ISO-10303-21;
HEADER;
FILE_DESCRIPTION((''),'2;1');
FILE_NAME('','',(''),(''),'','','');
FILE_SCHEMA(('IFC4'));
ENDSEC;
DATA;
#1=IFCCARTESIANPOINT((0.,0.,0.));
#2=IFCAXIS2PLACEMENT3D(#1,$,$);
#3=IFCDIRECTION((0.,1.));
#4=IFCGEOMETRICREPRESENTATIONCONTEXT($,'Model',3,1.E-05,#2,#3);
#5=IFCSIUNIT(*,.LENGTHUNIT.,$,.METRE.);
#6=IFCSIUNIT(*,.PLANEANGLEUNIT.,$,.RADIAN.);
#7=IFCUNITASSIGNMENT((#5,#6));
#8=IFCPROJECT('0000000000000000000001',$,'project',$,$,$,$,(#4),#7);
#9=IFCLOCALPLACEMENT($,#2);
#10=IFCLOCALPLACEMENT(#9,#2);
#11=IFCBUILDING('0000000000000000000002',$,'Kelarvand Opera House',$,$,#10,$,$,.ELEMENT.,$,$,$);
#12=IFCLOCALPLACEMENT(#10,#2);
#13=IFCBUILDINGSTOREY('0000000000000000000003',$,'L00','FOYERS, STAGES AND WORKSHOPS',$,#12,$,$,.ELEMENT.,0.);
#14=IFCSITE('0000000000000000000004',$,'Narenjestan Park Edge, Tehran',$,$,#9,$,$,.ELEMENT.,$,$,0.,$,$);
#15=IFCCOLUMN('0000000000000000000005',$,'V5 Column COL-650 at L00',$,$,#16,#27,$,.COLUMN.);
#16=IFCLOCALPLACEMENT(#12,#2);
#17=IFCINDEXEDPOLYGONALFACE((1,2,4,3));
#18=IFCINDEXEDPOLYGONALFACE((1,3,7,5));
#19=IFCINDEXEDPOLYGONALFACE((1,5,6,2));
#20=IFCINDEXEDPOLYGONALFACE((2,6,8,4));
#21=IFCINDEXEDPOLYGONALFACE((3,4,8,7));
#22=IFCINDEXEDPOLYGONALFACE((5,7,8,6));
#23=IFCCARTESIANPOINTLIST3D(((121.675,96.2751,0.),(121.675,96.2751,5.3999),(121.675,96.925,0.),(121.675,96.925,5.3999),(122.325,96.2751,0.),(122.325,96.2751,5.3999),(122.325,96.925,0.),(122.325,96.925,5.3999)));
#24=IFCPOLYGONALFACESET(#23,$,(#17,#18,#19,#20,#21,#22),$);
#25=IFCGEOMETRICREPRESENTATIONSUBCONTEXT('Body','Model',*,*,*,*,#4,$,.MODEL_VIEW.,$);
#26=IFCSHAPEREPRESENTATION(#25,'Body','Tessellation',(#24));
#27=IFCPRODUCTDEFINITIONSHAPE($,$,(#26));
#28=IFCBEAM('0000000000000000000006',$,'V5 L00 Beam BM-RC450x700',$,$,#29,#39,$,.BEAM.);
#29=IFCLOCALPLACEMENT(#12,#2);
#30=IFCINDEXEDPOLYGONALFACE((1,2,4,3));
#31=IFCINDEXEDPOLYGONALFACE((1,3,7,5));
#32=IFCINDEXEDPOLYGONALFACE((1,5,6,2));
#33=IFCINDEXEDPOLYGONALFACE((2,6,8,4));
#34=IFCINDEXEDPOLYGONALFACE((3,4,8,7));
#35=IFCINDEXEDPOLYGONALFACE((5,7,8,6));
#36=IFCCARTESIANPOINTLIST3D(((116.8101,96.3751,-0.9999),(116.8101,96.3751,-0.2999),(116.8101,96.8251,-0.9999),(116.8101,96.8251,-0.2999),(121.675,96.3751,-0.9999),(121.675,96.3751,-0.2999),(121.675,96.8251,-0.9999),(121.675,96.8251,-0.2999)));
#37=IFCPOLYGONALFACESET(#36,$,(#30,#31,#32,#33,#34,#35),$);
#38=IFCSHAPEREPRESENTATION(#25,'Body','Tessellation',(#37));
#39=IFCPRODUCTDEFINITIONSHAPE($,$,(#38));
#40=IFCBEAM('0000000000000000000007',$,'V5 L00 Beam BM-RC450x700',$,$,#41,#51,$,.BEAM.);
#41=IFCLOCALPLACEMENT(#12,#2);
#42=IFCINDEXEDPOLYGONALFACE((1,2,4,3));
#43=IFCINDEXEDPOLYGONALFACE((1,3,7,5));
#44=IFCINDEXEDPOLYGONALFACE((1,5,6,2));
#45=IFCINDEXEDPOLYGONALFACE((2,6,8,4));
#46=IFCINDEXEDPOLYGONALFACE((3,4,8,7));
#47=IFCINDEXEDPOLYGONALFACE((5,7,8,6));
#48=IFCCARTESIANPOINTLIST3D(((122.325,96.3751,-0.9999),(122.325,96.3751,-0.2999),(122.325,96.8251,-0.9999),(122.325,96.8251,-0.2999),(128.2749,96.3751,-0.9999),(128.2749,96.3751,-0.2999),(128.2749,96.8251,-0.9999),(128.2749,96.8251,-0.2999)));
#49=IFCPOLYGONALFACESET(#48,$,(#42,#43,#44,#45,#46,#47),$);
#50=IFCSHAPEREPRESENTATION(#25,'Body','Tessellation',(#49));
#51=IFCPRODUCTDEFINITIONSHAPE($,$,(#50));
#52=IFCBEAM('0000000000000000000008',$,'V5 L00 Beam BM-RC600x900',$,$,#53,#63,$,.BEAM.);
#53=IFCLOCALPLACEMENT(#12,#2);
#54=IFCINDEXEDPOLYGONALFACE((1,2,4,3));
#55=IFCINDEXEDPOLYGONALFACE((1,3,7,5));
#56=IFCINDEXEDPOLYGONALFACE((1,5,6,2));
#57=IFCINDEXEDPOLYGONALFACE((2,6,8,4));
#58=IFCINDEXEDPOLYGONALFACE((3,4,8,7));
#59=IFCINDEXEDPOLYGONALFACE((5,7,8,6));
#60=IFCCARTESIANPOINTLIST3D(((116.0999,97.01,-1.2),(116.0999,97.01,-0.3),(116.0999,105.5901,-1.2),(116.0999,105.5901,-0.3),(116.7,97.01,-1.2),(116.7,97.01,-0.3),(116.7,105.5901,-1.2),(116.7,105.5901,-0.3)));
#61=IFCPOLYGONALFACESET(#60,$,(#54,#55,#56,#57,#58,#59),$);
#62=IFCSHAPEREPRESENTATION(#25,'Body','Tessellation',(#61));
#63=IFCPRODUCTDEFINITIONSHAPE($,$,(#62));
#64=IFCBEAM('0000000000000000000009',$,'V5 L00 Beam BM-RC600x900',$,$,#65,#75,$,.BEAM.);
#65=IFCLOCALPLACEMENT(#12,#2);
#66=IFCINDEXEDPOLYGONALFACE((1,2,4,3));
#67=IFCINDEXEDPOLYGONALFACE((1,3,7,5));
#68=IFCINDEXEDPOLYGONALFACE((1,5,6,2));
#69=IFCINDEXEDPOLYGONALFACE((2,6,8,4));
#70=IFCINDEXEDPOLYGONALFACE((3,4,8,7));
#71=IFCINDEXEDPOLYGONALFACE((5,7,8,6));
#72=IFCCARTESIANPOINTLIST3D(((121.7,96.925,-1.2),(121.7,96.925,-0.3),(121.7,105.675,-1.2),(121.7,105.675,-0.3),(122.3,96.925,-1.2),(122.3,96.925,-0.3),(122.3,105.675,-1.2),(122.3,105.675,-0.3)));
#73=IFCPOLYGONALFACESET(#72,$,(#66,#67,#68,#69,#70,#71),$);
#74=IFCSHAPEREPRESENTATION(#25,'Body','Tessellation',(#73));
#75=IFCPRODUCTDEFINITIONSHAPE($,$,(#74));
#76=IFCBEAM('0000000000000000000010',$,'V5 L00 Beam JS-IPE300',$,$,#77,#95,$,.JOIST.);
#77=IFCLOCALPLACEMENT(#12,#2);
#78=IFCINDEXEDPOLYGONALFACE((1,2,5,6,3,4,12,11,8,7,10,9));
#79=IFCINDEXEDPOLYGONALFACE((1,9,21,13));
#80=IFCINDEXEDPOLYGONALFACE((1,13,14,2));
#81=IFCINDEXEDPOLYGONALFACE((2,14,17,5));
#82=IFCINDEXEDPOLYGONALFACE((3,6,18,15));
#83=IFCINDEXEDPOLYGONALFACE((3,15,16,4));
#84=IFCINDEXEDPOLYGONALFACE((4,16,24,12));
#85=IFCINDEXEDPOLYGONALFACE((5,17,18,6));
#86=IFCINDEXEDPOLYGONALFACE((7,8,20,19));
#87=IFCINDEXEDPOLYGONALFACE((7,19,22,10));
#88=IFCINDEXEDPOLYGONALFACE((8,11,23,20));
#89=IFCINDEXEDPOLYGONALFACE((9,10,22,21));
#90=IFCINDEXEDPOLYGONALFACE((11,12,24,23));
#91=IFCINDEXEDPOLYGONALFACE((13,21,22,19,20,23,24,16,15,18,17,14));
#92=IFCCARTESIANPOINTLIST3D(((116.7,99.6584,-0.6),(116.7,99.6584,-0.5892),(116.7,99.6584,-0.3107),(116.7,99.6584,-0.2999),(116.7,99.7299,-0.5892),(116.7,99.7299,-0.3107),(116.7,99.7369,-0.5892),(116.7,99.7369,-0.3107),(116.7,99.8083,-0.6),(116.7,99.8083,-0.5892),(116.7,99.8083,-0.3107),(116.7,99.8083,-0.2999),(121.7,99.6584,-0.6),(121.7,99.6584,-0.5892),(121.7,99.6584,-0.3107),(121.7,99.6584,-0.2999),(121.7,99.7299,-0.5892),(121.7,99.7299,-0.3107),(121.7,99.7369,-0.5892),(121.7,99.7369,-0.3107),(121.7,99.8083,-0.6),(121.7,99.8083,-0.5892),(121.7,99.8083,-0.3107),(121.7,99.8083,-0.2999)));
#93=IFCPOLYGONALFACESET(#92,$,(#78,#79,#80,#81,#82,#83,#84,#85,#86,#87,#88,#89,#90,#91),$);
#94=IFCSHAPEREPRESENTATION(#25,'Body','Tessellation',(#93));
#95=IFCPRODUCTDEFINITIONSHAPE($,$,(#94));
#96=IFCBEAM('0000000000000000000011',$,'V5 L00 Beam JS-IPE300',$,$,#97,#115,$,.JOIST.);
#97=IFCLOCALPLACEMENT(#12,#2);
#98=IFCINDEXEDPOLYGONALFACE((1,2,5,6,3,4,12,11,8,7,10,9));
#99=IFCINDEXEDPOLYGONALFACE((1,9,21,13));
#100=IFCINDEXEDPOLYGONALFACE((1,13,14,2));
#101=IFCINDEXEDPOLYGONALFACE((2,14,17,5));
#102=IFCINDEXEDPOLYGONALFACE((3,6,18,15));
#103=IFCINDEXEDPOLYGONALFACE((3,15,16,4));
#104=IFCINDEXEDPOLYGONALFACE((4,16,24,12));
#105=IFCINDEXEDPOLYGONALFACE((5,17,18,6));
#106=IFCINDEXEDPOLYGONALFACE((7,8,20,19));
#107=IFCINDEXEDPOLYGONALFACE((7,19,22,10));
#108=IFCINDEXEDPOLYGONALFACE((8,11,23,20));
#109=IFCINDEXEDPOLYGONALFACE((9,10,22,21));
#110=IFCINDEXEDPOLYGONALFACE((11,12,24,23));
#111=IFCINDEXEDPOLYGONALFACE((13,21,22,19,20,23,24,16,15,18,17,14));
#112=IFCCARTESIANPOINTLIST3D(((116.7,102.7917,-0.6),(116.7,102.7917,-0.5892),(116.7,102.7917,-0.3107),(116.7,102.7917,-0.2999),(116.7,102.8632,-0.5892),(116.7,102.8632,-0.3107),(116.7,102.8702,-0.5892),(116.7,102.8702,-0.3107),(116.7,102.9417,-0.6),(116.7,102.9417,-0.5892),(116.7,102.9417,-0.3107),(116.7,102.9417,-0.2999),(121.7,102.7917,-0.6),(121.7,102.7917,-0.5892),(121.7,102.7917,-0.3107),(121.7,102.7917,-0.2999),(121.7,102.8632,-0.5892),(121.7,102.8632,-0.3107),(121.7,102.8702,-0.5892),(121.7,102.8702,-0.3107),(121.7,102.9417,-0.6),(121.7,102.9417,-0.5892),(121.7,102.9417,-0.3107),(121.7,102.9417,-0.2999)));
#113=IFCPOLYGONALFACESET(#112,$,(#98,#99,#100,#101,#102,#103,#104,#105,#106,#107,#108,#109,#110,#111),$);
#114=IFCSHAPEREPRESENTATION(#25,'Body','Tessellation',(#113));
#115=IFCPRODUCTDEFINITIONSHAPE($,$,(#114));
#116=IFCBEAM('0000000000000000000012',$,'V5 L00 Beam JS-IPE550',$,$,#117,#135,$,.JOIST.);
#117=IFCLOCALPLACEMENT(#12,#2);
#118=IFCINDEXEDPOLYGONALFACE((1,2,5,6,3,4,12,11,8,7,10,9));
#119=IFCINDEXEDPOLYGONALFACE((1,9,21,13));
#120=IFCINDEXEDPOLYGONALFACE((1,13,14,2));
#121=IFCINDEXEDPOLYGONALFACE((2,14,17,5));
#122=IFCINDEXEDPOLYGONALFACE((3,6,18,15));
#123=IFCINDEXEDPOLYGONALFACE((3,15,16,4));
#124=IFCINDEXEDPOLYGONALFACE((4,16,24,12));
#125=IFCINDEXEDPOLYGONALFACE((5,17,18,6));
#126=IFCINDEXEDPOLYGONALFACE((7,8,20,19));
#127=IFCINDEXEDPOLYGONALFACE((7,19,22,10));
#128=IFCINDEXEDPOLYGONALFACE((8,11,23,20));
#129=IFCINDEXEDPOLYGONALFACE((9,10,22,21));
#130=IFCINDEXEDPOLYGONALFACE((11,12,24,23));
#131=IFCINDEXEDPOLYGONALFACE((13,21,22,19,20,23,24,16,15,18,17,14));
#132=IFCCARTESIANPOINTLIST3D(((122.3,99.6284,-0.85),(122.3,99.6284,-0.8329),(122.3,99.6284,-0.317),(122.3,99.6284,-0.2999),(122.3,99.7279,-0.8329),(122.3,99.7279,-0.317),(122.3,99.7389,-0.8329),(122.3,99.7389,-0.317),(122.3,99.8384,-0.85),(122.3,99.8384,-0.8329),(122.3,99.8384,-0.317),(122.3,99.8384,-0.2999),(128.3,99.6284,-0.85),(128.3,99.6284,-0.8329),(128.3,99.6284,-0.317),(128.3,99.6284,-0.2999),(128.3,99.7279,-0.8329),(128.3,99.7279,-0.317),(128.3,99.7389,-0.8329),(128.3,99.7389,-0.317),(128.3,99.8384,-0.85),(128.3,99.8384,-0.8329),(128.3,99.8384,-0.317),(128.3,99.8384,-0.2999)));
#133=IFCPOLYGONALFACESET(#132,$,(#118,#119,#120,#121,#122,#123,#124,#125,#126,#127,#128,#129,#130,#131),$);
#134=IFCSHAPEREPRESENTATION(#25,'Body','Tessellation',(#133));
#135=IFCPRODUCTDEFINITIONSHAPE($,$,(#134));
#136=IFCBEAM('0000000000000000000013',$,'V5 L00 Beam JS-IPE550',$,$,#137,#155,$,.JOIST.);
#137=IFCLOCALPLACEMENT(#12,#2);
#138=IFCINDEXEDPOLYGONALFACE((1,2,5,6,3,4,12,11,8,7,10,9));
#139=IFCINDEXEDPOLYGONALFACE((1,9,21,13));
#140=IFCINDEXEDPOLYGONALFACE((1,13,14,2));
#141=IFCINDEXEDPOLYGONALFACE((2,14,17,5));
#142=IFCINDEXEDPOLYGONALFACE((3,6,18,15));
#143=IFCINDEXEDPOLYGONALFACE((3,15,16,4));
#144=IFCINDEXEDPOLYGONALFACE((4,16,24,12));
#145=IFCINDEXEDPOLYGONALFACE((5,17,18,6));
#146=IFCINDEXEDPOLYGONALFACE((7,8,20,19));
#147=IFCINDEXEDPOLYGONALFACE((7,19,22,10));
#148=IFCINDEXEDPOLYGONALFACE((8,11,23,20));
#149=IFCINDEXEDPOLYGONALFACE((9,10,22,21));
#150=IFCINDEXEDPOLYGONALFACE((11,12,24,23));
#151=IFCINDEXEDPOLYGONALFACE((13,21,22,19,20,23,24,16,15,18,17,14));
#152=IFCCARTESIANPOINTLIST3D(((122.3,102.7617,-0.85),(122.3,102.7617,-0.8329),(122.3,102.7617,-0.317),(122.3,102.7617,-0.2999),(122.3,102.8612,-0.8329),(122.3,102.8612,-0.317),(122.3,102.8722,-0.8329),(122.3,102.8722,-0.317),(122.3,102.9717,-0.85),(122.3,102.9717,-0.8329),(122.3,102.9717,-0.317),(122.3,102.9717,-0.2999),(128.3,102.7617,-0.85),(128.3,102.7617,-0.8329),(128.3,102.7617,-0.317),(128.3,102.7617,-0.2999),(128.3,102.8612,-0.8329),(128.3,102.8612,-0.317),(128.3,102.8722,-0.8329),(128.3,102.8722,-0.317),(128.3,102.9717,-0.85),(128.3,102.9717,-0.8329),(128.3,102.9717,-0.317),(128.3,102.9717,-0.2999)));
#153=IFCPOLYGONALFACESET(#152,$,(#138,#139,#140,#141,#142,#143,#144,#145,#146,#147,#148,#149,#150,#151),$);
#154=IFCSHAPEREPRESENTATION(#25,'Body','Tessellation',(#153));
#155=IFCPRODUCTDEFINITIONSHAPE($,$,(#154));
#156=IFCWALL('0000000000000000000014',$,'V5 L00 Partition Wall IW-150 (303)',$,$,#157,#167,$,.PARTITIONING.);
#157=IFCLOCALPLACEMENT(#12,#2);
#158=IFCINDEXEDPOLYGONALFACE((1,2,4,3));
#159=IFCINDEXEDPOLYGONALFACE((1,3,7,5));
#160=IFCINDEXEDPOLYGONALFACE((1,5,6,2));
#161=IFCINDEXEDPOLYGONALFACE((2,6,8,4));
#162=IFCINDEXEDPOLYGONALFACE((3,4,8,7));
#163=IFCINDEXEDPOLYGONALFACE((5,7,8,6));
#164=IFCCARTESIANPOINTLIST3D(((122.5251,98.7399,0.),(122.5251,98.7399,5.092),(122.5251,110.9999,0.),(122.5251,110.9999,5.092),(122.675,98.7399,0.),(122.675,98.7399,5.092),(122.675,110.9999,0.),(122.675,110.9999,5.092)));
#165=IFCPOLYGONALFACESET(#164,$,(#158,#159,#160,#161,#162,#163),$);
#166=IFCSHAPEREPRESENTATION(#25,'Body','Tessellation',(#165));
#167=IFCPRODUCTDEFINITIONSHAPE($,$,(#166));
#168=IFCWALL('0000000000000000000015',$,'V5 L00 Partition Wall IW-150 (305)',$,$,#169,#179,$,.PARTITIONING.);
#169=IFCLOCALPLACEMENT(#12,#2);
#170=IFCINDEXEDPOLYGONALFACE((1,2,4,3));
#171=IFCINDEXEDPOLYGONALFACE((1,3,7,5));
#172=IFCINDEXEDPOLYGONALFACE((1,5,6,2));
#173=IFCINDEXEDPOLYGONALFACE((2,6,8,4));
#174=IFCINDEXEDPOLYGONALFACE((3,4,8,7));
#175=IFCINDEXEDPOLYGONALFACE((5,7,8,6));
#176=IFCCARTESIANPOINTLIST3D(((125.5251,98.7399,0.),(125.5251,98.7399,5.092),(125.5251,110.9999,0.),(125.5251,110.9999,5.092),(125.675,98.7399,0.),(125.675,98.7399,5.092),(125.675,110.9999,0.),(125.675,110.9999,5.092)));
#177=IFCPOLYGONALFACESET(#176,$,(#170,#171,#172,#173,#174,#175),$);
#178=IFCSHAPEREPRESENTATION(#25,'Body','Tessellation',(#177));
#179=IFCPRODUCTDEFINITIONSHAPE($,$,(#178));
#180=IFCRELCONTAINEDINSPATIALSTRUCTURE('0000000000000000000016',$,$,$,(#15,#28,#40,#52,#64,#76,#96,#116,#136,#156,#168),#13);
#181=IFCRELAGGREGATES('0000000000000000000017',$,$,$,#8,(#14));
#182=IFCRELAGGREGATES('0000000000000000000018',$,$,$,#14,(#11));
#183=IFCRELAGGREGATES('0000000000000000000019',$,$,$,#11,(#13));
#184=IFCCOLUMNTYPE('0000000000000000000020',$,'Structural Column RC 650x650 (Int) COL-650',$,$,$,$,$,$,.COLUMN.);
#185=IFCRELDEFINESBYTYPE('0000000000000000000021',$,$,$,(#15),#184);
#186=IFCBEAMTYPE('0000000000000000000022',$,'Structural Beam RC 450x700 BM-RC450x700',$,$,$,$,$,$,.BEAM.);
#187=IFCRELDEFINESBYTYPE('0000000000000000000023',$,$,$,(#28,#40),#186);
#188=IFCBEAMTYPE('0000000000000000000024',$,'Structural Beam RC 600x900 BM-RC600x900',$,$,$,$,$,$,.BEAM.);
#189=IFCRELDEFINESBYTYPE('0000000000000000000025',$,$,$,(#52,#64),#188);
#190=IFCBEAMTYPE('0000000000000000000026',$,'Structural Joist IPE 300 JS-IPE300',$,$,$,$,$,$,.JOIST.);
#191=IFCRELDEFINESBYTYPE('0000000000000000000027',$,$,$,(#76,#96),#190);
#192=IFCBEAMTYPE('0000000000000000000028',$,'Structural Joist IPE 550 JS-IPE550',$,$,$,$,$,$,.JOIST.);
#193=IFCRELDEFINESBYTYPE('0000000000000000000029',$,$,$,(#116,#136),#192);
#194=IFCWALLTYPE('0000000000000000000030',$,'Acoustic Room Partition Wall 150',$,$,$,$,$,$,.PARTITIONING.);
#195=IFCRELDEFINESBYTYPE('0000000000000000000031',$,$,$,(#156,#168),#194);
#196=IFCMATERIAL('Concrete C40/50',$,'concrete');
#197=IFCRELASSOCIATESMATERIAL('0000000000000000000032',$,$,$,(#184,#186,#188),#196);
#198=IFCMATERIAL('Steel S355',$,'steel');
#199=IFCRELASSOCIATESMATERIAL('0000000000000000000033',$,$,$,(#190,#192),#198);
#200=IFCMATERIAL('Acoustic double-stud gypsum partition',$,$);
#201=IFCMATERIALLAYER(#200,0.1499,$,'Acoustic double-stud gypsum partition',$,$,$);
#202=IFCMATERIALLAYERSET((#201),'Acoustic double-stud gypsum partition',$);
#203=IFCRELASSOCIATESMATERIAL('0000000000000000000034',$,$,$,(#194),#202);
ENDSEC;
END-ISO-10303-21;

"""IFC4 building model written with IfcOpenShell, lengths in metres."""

from ifc_helpers import new_model, si_unit, direction, frame, frame_2d, origin, origin_2d, place, context, subcontext, project, spatial, rectangle, i_section, extrude, material, layer, layer_set, material_profile, profile_set, type_object, element, save


model = new_model("IFC4")

# Units and contexts
model_context = context("Model", 3, precision=1e-05, world=origin(), true_north=direction((0.0, 1.0)))
body_context = subcontext(model_context, "Body", "Model", "MODEL_VIEW")
ifc_project = project(units=[si_unit("LENGTHUNIT", "METRE"), si_unit("PLANEANGLEUNIT", "RADIAN")], contexts=[model_context])

# Site, building, storey
site_placement = place(None, origin())
site = spatial("IfcSite", under=ifc_project, at=site_placement, Name="Narenjestan Park Edge, Tehran", CompositionType="ELEMENT", RefElevation=0.0)
building_placement = place(site_placement, origin())
building = spatial("IfcBuilding", under=site, at=building_placement, Name="Kelarvand Opera House", CompositionType="ELEMENT")
storey_placement = place(building_placement, origin())
storey = spatial("IfcBuildingStorey", under=building, at=storey_placement, Name="L00", Description="FOYERS, STAGES AND WORKSHOPS", CompositionType="ELEMENT", Elevation=0.0)

# Column
ifc_material_1 = material(Name="Concrete C40/50", Category="concrete")
ifc_material_profile_1 = material_profile(ifc_material_1, rectangle(XDim=0.6499, YDim=0.6499, at=origin_2d()), Name="RC 650x650", Category="concrete")
ifc_profile_set_1 = profile_set([ifc_material_profile_1], Name="Concrete C40/50")
column_type = type_object("IfcColumnType", Name="Structural Column RC 650x650 (Int) COL-650", PredefinedType="COLUMN", material=ifc_profile_set_1)
column_placement = place(storey_placement, frame((122.0, 96.6001, 0.0), z_axis=(0.0, 0.0, 1.0), x_axis=(1.0, 0.0, 0.0)))
element("IfcColumn", 1, at=column_placement, inside=storey, type_object=column_type, Name="V5 Column COL-650 at L00", PredefinedType="COLUMN", context=body_context, shape_type="SweptSolid", body=[
    extrude(rectangle(XDim=0.6499, YDim=0.6499, at=origin_2d()), origin(), (0.0, 0.0, 1.0), 5.3999),
])

# Beams
ifc_material_profile_2 = material_profile(ifc_material_1, rectangle(XDim=0.45, YDim=0.7, at=origin_2d()), Name="RC 450x700", Category="concrete")
ifc_profile_set_2 = profile_set([ifc_material_profile_2], Name="Concrete C40/50")
beam_type_1 = type_object("IfcBeamType", Name="Structural Beam RC 450x700 BM-RC450x700", PredefinedType="BEAM", material=ifc_profile_set_2)
beam_1_placement = place(storey_placement, frame((116.8101, 96.6001, -0.6499), z_axis=(1.0, 0.0, 0.0), x_axis=(0.0, 1.0, 0.0)))
element("IfcBeam", 2, at=beam_1_placement, inside=storey, type_object=beam_type_1, Name="V5 L00 Beam BM-RC450x700", PredefinedType="BEAM", context=body_context, shape_type="SweptSolid", body=[
    extrude(rectangle(XDim=0.45, YDim=0.7, at=origin_2d()), origin(), (0.0, 0.0, 1.0), 4.865),
])
beam_2_placement = place(storey_placement, frame((122.325, 96.6001, -0.6499), z_axis=(1.0, 0.0, 0.0), x_axis=(0.0, 1.0, 0.0)))
element("IfcBeam", 3, at=beam_2_placement, inside=storey, type_object=beam_type_1, Name="V5 L00 Beam BM-RC450x700", PredefinedType="BEAM", context=body_context, shape_type="SweptSolid", body=[
    extrude(rectangle(XDim=0.45, YDim=0.7, at=origin_2d()), origin(), (0.0, 0.0, 1.0), 5.95),
])
ifc_material_profile_3 = material_profile(ifc_material_1, rectangle(XDim=0.6001, YDim=0.8999, at=origin_2d()), Name="RC 600x900", Category="concrete")
ifc_profile_set_3 = profile_set([ifc_material_profile_3], Name="Concrete C40/50")
beam_type_2 = type_object("IfcBeamType", Name="Structural Beam RC 600x900 BM-RC600x900", PredefinedType="BEAM", material=ifc_profile_set_3)
beam_3_placement = place(storey_placement, frame((116.3999, 97.01, -0.75), z_axis=(0.0, 1.0, 0.0), x_axis=(-1.0, 0.0, 0.0)))
element("IfcBeam", 4, at=beam_3_placement, inside=storey, type_object=beam_type_2, Name="V5 L00 Beam BM-RC600x900", PredefinedType="BEAM", context=body_context, shape_type="SweptSolid", body=[
    extrude(rectangle(XDim=0.6001, YDim=0.8999, at=origin_2d()), origin(), (0.0, 0.0, 1.0), 8.5801),
])
beam_4_placement = place(storey_placement, frame((122.0, 96.925, -0.75), z_axis=(0.0, 1.0, 0.0), x_axis=(-1.0, 0.0, 0.0)))
element("IfcBeam", 5, at=beam_4_placement, inside=storey, type_object=beam_type_2, Name="V5 L00 Beam BM-RC600x900", PredefinedType="BEAM", context=body_context, shape_type="SweptSolid", body=[
    extrude(rectangle(XDim=0.6001, YDim=0.8999, at=origin_2d()), origin(), (0.0, 0.0, 1.0), 8.75),
])
ifc_material_2 = material(Name="Steel S355", Category="steel")
ifc_material_profile_4 = material_profile(ifc_material_2, i_section(OverallWidth=0.1499, OverallDepth=0.3, WebThickness=0.0071, FlangeThickness=0.0107, at=origin_2d()), Name="IPE 300", Category="steel")
ifc_profile_set_4 = profile_set([ifc_material_profile_4], Name="Steel S355")
beam_type_3 = type_object("IfcBeamType", Name="Structural Joist IPE 300 JS-IPE300", PredefinedType="JOIST", material=ifc_profile_set_4)
for number, where, z_axis, x_axis, name in (
    (6, (116.7, 99.7334, -0.45), (1.0, 0.0, 0.0), (0.0, 1.0, 0.0), "V5 L00 Beam JS-IPE300"),
    (7, (116.7, 102.8667, -0.45), (1.0, 0.0, 0.0), (0.0, 1.0, 0.0), "V5 L00 Beam JS-IPE300"),
):
    element("IfcBeam", number, at=place(storey_placement, frame(where, z_axis=z_axis, x_axis=x_axis)), inside=storey, type_object=beam_type_3, Name=name, PredefinedType="JOIST", context=body_context, shape_type="SweptSolid", body=[
        extrude(i_section(OverallWidth=0.1499, OverallDepth=0.3, WebThickness=0.0071, FlangeThickness=0.0107, at=origin_2d()), origin(), (0.0, 0.0, 1.0), 5.0),
    ])
ifc_material_profile_5 = material_profile(ifc_material_2, i_section(OverallWidth=0.21, OverallDepth=0.55, WebThickness=0.011, FlangeThickness=0.0171, at=origin_2d()), Name="IPE 550", Category="steel")
ifc_profile_set_5 = profile_set([ifc_material_profile_5], Name="Steel S355")
beam_type_4 = type_object("IfcBeamType", Name="Structural Joist IPE 550 JS-IPE550", PredefinedType="JOIST", material=ifc_profile_set_5)
for number, where, z_axis, x_axis, name in (
    (8, (122.3, 99.7334, -0.575), (1.0, 0.0, 0.0), (0.0, 1.0, 0.0), "V5 L00 Beam JS-IPE550"),
    (9, (122.3, 102.8667, -0.575), (1.0, 0.0, 0.0), (0.0, 1.0, 0.0), "V5 L00 Beam JS-IPE550"),
):
    element("IfcBeam", number, at=place(storey_placement, frame(where, z_axis=z_axis, x_axis=x_axis)), inside=storey, type_object=beam_type_4, Name=name, PredefinedType="JOIST", context=body_context, shape_type="SweptSolid", body=[
        extrude(i_section(OverallWidth=0.21, OverallDepth=0.55, WebThickness=0.011, FlangeThickness=0.0171, at=origin_2d()), origin(), (0.0, 0.0, 1.0), 6.0),
    ])

# Walls
ifc_material_3 = material(Name="Acoustic double-stud gypsum partition")
ifc_layer_1 = layer(ifc_material_3, 0.1499, Name="Acoustic double-stud gypsum partition")
ifc_layer_set_1 = layer_set([ifc_layer_1], Name="Acoustic double-stud gypsum partition")
wall_type_1 = type_object("IfcWallType", Name="Acoustic Room Partition Wall 150", PredefinedType="PARTITIONING", material=ifc_layer_set_1)
for number, where, z_axis, x_axis, name in (
    (10, (122.6001, 98.74, 0.0), (0.0, 0.0, 1.0), (0.0, 1.0, 0.0), "V5 L00 Partition Wall IW-150 (303)"),
    (11, (125.6001, 98.74, 0.0), (0.0, 0.0, 1.0), (0.0, 1.0, 0.0), "V5 L00 Partition Wall IW-150 (305)"),
):
    element("IfcWall", number, at=place(storey_placement, frame(where, z_axis=z_axis, x_axis=x_axis)), inside=storey, type_object=wall_type_1, Name=name, PredefinedType="PARTITIONING", context=body_context, shape_type="SweptSolid", body=[
        extrude(rectangle(XDim=12.26, YDim=0.1499, at=frame_2d((6.1299, 0.0))), origin(), (0.0, 0.0, 1.0), 5.092),
    ])

save(model, "model.ifc")
